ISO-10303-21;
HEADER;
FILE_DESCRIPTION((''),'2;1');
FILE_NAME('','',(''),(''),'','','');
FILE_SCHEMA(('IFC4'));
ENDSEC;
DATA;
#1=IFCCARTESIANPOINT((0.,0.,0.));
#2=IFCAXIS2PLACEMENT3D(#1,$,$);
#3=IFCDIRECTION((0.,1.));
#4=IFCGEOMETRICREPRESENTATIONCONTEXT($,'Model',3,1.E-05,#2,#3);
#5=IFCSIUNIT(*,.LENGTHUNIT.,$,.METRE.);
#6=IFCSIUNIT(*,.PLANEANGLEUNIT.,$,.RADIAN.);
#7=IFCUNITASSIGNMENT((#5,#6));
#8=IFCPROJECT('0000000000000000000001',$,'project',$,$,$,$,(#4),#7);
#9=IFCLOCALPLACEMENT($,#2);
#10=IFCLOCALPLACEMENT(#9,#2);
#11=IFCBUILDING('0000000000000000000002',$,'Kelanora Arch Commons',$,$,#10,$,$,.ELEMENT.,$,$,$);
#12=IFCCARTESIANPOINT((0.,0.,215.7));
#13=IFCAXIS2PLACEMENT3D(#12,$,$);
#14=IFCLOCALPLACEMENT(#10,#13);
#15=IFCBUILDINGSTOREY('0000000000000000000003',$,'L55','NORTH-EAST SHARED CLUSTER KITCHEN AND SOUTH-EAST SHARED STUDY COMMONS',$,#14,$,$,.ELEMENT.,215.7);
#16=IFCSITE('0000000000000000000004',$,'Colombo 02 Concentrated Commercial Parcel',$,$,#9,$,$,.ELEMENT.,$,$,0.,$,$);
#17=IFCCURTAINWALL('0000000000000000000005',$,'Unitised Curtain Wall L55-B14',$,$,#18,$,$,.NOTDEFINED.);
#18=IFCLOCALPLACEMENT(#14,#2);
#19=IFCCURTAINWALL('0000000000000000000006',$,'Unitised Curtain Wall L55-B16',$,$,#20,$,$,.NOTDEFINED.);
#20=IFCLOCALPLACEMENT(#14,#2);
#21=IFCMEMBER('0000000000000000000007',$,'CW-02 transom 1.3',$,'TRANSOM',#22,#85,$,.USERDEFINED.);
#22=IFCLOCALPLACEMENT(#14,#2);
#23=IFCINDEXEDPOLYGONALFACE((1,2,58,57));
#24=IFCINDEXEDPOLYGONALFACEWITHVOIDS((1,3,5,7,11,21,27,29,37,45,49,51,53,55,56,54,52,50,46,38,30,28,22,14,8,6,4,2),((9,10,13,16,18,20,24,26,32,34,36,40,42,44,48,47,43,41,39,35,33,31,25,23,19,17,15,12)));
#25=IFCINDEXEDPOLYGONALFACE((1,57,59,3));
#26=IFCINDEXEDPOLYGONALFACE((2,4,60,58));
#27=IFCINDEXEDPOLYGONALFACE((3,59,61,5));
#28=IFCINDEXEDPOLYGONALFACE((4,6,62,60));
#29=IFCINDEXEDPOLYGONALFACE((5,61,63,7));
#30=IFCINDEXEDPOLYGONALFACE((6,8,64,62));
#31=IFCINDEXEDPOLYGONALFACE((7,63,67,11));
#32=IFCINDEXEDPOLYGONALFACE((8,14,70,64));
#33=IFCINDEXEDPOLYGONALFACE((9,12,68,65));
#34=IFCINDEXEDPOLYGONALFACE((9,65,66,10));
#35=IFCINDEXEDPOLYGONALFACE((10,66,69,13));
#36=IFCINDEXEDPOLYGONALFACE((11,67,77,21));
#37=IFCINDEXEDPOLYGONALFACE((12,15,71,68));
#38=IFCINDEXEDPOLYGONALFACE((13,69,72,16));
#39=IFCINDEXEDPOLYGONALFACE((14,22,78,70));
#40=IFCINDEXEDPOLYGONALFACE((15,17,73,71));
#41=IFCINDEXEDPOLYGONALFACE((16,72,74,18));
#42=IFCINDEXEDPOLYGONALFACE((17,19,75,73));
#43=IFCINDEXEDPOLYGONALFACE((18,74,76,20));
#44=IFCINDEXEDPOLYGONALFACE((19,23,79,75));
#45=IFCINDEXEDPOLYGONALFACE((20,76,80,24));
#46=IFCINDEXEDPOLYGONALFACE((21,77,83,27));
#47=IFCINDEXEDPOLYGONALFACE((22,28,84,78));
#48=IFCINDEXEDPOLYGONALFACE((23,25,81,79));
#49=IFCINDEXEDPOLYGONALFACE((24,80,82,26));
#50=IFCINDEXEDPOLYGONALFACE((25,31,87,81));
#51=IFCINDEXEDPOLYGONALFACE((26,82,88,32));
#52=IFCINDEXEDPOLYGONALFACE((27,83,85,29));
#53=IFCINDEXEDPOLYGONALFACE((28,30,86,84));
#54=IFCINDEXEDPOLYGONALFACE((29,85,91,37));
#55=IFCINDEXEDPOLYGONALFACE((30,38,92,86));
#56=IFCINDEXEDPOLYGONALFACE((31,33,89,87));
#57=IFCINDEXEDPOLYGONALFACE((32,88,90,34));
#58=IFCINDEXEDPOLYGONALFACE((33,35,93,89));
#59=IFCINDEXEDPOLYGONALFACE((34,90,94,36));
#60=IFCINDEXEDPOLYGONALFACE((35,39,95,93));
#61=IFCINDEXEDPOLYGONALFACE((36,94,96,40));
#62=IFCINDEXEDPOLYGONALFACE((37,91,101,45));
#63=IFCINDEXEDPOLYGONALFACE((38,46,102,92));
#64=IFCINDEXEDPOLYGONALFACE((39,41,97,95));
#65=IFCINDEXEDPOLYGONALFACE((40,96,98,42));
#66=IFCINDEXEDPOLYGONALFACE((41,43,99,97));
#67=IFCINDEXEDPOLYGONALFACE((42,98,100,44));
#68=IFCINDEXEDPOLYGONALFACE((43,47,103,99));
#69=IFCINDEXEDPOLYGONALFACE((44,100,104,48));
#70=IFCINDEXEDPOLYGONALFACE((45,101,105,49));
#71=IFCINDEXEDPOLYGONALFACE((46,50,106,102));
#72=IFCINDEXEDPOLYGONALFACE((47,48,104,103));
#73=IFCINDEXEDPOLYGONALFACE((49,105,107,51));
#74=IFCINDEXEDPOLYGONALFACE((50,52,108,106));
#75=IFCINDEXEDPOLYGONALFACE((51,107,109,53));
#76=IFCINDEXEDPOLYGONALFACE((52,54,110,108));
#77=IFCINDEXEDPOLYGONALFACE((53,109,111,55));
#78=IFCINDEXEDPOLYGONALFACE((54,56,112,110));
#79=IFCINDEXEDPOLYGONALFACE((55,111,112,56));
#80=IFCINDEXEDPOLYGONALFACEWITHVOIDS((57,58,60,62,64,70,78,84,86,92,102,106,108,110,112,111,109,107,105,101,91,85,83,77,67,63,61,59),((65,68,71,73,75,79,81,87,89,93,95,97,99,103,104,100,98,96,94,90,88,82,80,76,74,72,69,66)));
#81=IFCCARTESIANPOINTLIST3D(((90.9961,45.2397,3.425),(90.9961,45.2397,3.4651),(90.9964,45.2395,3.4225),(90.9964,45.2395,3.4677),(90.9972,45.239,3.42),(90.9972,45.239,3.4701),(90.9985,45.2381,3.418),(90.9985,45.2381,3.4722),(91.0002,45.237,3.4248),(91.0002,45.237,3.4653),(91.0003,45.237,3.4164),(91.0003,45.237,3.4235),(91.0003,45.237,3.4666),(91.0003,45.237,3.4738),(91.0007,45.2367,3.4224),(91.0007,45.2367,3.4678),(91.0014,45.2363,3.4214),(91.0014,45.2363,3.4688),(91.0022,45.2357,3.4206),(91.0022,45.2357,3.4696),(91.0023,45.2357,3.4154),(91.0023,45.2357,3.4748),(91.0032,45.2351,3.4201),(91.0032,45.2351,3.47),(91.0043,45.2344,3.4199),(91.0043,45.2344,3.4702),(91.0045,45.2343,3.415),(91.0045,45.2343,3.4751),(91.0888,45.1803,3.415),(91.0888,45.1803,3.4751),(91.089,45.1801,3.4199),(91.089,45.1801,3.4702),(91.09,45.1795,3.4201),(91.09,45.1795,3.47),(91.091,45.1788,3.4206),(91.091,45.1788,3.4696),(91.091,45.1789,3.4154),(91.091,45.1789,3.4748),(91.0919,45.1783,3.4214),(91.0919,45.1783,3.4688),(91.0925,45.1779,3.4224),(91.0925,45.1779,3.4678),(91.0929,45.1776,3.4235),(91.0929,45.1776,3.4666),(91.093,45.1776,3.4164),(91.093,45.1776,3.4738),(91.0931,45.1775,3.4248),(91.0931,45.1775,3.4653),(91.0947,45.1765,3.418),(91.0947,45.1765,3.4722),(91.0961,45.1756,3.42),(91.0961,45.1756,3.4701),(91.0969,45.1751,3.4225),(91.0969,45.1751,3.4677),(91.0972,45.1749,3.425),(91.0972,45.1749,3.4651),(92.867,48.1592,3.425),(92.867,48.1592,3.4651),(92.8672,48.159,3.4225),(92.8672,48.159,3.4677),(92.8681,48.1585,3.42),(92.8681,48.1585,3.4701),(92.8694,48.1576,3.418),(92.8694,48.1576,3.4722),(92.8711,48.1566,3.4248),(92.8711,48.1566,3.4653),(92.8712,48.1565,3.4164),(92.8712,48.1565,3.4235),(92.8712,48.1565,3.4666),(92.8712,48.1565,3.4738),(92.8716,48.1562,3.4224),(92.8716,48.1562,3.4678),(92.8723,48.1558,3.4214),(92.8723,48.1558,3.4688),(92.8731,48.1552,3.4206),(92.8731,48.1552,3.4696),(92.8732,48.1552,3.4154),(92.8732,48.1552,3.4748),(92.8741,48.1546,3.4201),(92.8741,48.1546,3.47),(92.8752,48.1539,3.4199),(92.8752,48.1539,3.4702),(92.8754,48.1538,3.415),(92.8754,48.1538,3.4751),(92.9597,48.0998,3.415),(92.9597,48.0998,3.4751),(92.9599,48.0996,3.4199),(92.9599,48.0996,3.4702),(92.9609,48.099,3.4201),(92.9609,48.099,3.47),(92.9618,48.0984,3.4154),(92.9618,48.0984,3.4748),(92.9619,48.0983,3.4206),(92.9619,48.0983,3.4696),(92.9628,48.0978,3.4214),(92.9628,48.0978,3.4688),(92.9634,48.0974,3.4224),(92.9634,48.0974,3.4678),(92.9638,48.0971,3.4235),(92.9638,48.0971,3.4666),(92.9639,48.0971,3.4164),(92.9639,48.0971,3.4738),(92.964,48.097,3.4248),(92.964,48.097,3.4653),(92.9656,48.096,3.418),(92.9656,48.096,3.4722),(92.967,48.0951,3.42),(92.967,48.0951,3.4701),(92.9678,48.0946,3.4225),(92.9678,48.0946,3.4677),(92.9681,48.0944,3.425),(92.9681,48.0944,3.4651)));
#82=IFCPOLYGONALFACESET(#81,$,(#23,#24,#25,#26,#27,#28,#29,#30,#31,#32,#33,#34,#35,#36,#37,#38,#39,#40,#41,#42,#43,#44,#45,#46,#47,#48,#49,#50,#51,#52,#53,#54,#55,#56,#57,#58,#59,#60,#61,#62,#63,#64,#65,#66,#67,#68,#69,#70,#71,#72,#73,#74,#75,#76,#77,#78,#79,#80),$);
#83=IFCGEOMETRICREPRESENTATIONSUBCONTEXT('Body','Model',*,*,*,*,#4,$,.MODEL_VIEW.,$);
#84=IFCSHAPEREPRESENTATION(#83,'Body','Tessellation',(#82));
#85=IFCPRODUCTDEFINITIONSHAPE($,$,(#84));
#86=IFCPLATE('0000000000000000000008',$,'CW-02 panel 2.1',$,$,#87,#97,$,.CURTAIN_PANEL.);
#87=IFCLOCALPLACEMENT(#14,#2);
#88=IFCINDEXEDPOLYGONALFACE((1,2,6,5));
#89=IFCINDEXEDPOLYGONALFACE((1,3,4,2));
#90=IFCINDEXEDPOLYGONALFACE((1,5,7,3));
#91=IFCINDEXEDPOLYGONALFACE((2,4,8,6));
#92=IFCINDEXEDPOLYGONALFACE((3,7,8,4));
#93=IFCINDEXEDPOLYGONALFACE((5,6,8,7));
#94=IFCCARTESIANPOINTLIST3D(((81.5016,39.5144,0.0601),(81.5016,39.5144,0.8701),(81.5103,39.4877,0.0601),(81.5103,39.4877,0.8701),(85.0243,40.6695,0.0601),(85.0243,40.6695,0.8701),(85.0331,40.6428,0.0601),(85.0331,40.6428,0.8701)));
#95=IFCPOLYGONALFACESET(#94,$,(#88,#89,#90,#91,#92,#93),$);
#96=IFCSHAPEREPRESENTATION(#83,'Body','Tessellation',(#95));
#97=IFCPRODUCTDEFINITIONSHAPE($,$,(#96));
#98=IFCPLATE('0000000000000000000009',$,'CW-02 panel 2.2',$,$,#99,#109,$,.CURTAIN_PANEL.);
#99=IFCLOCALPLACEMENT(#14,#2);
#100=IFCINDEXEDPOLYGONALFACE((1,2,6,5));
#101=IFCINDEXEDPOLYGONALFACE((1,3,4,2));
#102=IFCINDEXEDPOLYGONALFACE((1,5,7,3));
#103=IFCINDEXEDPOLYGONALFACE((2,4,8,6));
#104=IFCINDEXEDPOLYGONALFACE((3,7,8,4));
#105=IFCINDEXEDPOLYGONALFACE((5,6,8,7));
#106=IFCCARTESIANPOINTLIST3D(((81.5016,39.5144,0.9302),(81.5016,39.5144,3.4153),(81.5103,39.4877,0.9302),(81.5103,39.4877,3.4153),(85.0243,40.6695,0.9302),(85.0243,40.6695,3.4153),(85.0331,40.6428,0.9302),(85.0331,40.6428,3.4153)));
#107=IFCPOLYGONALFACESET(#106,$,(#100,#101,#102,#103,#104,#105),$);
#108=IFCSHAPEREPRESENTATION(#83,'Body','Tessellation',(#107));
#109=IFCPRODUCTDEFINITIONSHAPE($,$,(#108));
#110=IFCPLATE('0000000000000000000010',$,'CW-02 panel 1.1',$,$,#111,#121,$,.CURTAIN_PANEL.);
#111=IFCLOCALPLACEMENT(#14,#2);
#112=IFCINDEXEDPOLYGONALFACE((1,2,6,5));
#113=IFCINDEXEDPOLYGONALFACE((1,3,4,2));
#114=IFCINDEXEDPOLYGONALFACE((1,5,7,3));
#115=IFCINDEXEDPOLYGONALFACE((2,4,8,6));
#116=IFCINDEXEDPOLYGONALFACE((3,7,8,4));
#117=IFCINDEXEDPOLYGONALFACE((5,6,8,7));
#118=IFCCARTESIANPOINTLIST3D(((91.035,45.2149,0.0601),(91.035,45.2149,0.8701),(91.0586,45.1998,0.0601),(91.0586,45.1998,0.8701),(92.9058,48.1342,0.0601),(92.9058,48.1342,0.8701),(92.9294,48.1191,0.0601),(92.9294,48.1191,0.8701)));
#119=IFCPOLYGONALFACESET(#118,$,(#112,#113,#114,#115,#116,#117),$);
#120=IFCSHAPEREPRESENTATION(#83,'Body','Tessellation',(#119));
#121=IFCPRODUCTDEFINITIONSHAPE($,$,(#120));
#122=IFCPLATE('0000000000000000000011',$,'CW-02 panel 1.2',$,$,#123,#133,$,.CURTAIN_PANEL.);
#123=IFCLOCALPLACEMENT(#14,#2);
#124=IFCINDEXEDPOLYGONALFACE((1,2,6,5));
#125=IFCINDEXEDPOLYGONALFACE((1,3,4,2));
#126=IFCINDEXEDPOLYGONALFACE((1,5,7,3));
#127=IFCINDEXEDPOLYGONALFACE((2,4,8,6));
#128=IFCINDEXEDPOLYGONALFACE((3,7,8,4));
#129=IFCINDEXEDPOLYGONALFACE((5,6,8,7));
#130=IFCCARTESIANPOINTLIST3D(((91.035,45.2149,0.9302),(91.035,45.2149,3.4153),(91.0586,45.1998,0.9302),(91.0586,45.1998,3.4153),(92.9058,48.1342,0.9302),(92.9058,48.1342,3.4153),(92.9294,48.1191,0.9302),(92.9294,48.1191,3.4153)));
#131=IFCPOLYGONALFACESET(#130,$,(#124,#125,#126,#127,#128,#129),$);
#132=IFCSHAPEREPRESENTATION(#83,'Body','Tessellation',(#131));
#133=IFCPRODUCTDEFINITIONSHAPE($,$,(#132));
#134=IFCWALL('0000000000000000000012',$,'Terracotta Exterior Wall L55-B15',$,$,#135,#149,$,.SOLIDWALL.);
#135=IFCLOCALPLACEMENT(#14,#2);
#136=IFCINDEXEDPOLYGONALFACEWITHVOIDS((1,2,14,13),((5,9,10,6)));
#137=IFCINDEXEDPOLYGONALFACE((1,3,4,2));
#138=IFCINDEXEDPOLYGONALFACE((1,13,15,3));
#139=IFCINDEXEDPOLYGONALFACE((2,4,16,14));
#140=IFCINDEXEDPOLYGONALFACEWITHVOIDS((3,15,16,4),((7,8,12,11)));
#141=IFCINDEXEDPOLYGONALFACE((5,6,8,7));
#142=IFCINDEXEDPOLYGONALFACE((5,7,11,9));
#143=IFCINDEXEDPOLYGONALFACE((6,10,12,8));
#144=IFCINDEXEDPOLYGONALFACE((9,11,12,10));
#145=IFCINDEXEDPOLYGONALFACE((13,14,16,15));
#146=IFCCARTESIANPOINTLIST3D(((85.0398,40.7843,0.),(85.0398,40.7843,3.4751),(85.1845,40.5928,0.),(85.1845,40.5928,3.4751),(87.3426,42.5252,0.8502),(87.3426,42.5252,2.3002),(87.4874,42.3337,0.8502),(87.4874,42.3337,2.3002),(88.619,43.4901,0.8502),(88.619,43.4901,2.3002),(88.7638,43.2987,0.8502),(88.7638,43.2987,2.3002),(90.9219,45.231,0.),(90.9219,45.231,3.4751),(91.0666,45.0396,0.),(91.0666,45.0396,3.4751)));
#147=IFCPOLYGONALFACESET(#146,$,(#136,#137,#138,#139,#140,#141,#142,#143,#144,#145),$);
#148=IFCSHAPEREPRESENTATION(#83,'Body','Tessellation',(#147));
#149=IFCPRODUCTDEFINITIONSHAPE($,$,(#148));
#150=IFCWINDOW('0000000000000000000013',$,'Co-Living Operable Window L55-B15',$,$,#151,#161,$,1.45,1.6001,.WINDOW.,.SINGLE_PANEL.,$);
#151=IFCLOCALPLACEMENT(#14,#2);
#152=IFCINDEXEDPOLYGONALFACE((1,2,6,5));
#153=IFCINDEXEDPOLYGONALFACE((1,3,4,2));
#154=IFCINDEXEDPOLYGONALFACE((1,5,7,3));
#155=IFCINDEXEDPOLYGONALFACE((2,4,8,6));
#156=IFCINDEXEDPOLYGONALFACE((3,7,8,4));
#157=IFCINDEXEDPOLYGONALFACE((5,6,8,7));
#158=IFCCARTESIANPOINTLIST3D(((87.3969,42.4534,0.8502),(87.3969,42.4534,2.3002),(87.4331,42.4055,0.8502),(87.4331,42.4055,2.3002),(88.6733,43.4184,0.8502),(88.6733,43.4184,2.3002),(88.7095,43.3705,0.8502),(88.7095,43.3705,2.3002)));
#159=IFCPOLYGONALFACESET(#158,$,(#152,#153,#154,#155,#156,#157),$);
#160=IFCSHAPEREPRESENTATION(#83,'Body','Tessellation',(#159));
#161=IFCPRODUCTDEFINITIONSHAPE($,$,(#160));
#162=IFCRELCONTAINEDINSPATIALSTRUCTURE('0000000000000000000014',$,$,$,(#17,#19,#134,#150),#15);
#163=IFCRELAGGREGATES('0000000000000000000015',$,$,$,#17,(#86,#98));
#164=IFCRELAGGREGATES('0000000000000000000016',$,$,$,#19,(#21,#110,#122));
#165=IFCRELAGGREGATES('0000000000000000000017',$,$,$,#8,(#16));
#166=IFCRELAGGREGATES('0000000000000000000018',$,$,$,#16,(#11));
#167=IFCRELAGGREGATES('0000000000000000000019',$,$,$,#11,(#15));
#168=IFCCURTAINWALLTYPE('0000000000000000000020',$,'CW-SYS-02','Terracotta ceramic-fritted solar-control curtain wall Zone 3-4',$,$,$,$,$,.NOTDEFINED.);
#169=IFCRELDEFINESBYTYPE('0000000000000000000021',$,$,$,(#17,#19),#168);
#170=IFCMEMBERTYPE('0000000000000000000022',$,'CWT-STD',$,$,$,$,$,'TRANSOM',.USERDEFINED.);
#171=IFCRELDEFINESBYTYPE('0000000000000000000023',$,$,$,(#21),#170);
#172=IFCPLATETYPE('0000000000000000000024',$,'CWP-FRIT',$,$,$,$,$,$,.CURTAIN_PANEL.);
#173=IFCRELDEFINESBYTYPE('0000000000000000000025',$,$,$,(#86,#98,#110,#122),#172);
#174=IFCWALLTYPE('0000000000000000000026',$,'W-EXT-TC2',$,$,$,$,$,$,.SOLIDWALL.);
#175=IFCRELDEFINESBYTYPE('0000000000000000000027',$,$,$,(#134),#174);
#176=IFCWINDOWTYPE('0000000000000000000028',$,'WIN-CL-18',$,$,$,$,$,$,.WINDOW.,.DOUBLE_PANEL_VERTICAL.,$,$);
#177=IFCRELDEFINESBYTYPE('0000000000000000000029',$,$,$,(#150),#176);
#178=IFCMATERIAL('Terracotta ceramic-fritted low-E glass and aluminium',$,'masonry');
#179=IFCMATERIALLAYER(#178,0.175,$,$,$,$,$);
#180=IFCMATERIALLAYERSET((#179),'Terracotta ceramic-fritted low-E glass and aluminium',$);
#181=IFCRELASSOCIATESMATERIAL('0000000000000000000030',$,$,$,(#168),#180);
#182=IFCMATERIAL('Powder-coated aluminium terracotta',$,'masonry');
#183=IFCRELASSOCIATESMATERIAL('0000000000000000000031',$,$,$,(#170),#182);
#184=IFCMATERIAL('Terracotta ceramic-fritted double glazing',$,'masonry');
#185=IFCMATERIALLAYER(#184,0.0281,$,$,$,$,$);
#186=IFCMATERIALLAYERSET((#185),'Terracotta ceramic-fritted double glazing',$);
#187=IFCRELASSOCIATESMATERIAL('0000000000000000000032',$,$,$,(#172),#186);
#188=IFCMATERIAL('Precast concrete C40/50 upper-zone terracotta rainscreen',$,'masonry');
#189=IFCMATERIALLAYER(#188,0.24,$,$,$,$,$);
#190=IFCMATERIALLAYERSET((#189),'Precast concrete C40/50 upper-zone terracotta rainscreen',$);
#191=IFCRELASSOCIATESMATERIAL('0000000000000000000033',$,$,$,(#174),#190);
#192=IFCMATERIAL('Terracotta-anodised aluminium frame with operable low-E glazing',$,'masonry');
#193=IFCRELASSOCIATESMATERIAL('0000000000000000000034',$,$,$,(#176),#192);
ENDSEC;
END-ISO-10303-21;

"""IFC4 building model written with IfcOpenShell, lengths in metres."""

from ifc_helpers import new_model, si_unit, direction, frame, frame_2d, origin, origin_2d, place, context, subcontext, project, spatial, rectangle, hollow_rectangle, extrude, source, transform, mapped, material, layer, layer_set, material_profile, profile_set, type_object, element, fill, aggregate, save


model = new_model("IFC4")

# Units and contexts
model_context = context("Model", 3, precision=1e-05, world=origin(), true_north=direction((0.0, 1.0)))
body_context = subcontext(model_context, "Body", "Model", "MODEL_VIEW")
ifc_project = project(units=[si_unit("LENGTHUNIT", "METRE"), si_unit("PLANEANGLEUNIT", "RADIAN")], contexts=[model_context])

# Site, building, storey
site_placement = place(None, origin())
site = spatial("IfcSite", under=ifc_project, at=site_placement, Name="Colombo 02 Concentrated Commercial Parcel", CompositionType="ELEMENT", RefElevation=0.0)
building_placement = place(site_placement, origin())
building = spatial("IfcBuilding", under=site, at=building_placement, Name="Kelanora Arch Commons", CompositionType="ELEMENT")
storey_placement = place(building_placement, frame((0.0, 0.0, 215.7)))
storey = spatial("IfcBuildingStorey", under=building, at=storey_placement, Name="L55", Description="NORTH-EAST SHARED CLUSTER KITCHEN AND SOUTH-EAST SHARED STUDY COMMONS", CompositionType="ELEMENT", Elevation=215.7)

# Curtain wall
ifc_material_1 = material(Name="Terracotta ceramic-fritted low-E glass and aluminium", Category="masonry")
ifc_layer_1 = layer(ifc_material_1, 0.175)
ifc_layer_set_1 = layer_set([ifc_layer_1], Name="Terracotta ceramic-fritted low-E glass and aluminium")
curtain_wall_type = type_object("IfcCurtainWallType", Name="CW-SYS-02", Description="Terracotta ceramic-fritted solar-control curtain wall Zone 3-4", PredefinedType="NOTDEFINED", material=ifc_layer_set_1)
curtain_wall_1_placement = place(storey_placement, origin())
curtain_wall_1 = element("IfcCurtainWall", 1, at=curtain_wall_1_placement, inside=storey, type_object=curtain_wall_type, Name="Unitised Curtain Wall L55-B14", PredefinedType="NOTDEFINED")
ifc_material_2 = material(Name="Powder-coated aluminium terracotta", Category="masonry")

# Curtain wall, member
curtain_wall_2_placement = place(storey_placement, origin())
curtain_wall_2 = element("IfcCurtainWall", 2, at=curtain_wall_2_placement, inside=storey, type_object=curtain_wall_type, Name="Unitised Curtain Wall L55-B16", PredefinedType="NOTDEFINED")
ifc_material_profile_1 = material_profile(ifc_material_2, hollow_rectangle(XDim=0.1201, YDim=0.0601, WallThickness=0.0049, InnerFilletRadius=0.0049, OuterFilletRadius=0.01, at=origin_2d()), Name="CWT120x60")
ifc_profile_set_1 = profile_set([ifc_material_profile_1], Name="Powder-coated aluminium terracotta")
member_type_1 = type_object("IfcMemberType", Name="CWT-STD", ElementType="TRANSOM", PredefinedType="USERDEFINED", material=ifc_profile_set_1)
member_1_placement = place(storey_placement, frame((91.0466, 45.2073, 3.4451), z_axis=(0.539547, 0.841955, 0.0), x_axis=(-0.841955, 0.539547, 0.0)))
member_1 = element("IfcMember", 3, at=member_1_placement, type_object=member_type_1, Name="CW-02 transom 1.3", ObjectType="TRANSOM", PredefinedType="USERDEFINED", context=body_context, shape_type="SweptSolid", body=[
    extrude(hollow_rectangle(XDim=0.1201, YDim=0.0601, WallThickness=0.0049, InnerFilletRadius=0.0049, OuterFilletRadius=0.01, at=origin_2d()), origin(), (0.0, 0.0, 1.0), 3.4675),
])

# Plates
ifc_material_3 = material(Name="Terracotta ceramic-fritted double glazing", Category="masonry")
ifc_layer_2 = layer(ifc_material_3, 0.0281)
ifc_layer_set_2 = layer_set([ifc_layer_2], Name="Terracotta ceramic-fritted double glazing")
plate_type = type_object("IfcPlateType", Name="CWP-FRIT", PredefinedType="CURTAIN_PANEL", material=ifc_layer_set_2)
shared_shape_1 = source(origin(), body_context, "Body", "SweptSolid", [
    extrude(rectangle(XDim=3.7073, YDim=0.0281, at=origin_2d()), origin(), (0.0, 0.0, 1.0), 0.8101),
])
plate_1_placement = place(storey_placement, frame((83.2673, 40.0786, 0.0601), z_axis=(0.0, 0.0, 1.0), x_axis=(0.950219, 0.311582, 0.0)))
plate_1 = element("IfcPlate", 4, at=plate_1_placement, type_object=plate_type, Name="CW-02 panel 2.1", PredefinedType="CURTAIN_PANEL", context=body_context, shape_type="MappedRepresentation", body=[
    mapped(shared_shape_1, transform((0.0, 0.0, 0.0), scale=1.0)),
])
shared_shape_2 = source(origin(), body_context, "Body", "SweptSolid", [
    extrude(rectangle(XDim=3.7073, YDim=0.0281, at=origin_2d()), origin(), (0.0, 0.0, 1.0), 2.4851),
])
plate_2_placement = place(storey_placement, frame((83.2673, 40.0786, 0.9302), z_axis=(0.0, 0.0, 1.0), x_axis=(0.950219, 0.311582, 0.0)))
plate_2 = element("IfcPlate", 5, at=plate_2_placement, type_object=plate_type, Name="CW-02 panel 2.2", PredefinedType="CURTAIN_PANEL", context=body_context, shape_type="MappedRepresentation", body=[
    mapped(shared_shape_2, transform((0.0, 0.0, 0.0), scale=1.0)),
])
aggregate(curtain_wall_1, [plate_1, plate_2])
shared_shape_3 = source(origin(), body_context, "Body", "SweptSolid", [
    extrude(rectangle(XDim=3.4673, YDim=0.0281, at=origin_2d()), origin(), (0.0, 0.0, 1.0), 0.8101),
])
plate_3_placement = place(storey_placement, frame((91.9822, 46.667, 0.0601), z_axis=(0.0, 0.0, 1.0), x_axis=(0.539559, 0.841948, 0.0)))
plate_3 = element("IfcPlate", 6, at=plate_3_placement, type_object=plate_type, Name="CW-02 panel 1.1", PredefinedType="CURTAIN_PANEL", context=body_context, shape_type="MappedRepresentation", body=[
    mapped(shared_shape_3, transform((0.0, 0.0, 0.0), scale=1.0)),
])
shared_shape_4 = source(origin(), body_context, "Body", "SweptSolid", [
    extrude(rectangle(XDim=3.4673, YDim=0.0281, at=origin_2d()), origin(), (0.0, 0.0, 1.0), 2.4851),
])
plate_4_placement = place(storey_placement, frame((91.9822, 46.667, 0.9302), z_axis=(0.0, 0.0, 1.0), x_axis=(0.539559, 0.841948, 0.0)))
plate_4 = element("IfcPlate", 7, at=plate_4_placement, type_object=plate_type, Name="CW-02 panel 1.2", PredefinedType="CURTAIN_PANEL", context=body_context, shape_type="MappedRepresentation", body=[
    mapped(shared_shape_4, transform((0.0, 0.0, 0.0), scale=1.0)),
])
aggregate(curtain_wall_2, [member_1, plate_3, plate_4])

# Wall, opening, window
ifc_material_4 = material(Name="Precast concrete C40/50 upper-zone terracotta rainscreen", Category="masonry")
ifc_layer_3 = layer(ifc_material_4, 0.24)
ifc_layer_set_3 = layer_set([ifc_layer_3], Name="Precast concrete C40/50 upper-zone terracotta rainscreen")
wall_type = type_object("IfcWallType", Name="W-EXT-TC2", PredefinedType="SOLIDWALL", material=ifc_layer_set_3)
wall_placement = place(storey_placement, frame((85.1121, 40.6885, 0.0), z_axis=(0.0, 0.0, 1.0), x_axis=(0.797702, 0.603052, 0.0)))
wall = element("IfcWall", 8, at=wall_placement, inside=storey, type_object=wall_type, Name="Terracotta Exterior Wall L55-B15", PredefinedType="SOLIDWALL", context=body_context, shape_type="SweptSolid", body=[
    extrude(rectangle(XDim=7.3738, YDim=0.24, at=frame_2d((3.687, 0.0))), origin(), (0.0, 0.0, 1.0), 3.4751),
])
opening_placement = place(wall_placement, frame((2.887, 0.0, 0.8501)))
opening = element("IfcOpeningElement", 9, at=opening_placement, cuts=wall, PredefinedType="OPENING", context=body_context, shape_type="SweptSolid", body=[
    extrude(rectangle(XDim=1.6001, YDim=1.45, at=frame_2d((0.8, 0.7251))), frame((0.0, 0.1299, 0.0), z_axis=(0.0, -1.0, 0.0), x_axis=(1.0, 0.0, 0.0)), (0.0, 0.0, 1.0), 0.26),
])
ifc_material_5 = material(Name="Terracotta-anodised aluminium frame with operable low-E glazing", Category="masonry")
window_type = type_object("IfcWindowType", Name="WIN-CL-18", PartitioningType="DOUBLE_PANEL_VERTICAL", PredefinedType="WINDOW", material=ifc_material_5)
window_placement = place(opening_placement, origin())
window = element("IfcWindow", 10, at=window_placement, inside=storey, type_object=window_type, Name="Co-Living Operable Window L55-B15", OverallHeight=1.45, OverallWidth=1.6001, PartitioningType="SINGLE_PANEL", PredefinedType="WINDOW", context=body_context, shape_type="SweptSolid", body=[
    extrude(rectangle(XDim=1.6001, YDim=1.45, at=frame_2d((0.8, 0.7251))), frame((0.0, 0.03, 0.0), z_axis=(0.0, -1.0, 0.0), x_axis=(1.0, 0.0, 0.0)), (0.0, 0.0, 1.0), 0.0601),
])
fill(opening, window)

save(model, "model.ifc")
